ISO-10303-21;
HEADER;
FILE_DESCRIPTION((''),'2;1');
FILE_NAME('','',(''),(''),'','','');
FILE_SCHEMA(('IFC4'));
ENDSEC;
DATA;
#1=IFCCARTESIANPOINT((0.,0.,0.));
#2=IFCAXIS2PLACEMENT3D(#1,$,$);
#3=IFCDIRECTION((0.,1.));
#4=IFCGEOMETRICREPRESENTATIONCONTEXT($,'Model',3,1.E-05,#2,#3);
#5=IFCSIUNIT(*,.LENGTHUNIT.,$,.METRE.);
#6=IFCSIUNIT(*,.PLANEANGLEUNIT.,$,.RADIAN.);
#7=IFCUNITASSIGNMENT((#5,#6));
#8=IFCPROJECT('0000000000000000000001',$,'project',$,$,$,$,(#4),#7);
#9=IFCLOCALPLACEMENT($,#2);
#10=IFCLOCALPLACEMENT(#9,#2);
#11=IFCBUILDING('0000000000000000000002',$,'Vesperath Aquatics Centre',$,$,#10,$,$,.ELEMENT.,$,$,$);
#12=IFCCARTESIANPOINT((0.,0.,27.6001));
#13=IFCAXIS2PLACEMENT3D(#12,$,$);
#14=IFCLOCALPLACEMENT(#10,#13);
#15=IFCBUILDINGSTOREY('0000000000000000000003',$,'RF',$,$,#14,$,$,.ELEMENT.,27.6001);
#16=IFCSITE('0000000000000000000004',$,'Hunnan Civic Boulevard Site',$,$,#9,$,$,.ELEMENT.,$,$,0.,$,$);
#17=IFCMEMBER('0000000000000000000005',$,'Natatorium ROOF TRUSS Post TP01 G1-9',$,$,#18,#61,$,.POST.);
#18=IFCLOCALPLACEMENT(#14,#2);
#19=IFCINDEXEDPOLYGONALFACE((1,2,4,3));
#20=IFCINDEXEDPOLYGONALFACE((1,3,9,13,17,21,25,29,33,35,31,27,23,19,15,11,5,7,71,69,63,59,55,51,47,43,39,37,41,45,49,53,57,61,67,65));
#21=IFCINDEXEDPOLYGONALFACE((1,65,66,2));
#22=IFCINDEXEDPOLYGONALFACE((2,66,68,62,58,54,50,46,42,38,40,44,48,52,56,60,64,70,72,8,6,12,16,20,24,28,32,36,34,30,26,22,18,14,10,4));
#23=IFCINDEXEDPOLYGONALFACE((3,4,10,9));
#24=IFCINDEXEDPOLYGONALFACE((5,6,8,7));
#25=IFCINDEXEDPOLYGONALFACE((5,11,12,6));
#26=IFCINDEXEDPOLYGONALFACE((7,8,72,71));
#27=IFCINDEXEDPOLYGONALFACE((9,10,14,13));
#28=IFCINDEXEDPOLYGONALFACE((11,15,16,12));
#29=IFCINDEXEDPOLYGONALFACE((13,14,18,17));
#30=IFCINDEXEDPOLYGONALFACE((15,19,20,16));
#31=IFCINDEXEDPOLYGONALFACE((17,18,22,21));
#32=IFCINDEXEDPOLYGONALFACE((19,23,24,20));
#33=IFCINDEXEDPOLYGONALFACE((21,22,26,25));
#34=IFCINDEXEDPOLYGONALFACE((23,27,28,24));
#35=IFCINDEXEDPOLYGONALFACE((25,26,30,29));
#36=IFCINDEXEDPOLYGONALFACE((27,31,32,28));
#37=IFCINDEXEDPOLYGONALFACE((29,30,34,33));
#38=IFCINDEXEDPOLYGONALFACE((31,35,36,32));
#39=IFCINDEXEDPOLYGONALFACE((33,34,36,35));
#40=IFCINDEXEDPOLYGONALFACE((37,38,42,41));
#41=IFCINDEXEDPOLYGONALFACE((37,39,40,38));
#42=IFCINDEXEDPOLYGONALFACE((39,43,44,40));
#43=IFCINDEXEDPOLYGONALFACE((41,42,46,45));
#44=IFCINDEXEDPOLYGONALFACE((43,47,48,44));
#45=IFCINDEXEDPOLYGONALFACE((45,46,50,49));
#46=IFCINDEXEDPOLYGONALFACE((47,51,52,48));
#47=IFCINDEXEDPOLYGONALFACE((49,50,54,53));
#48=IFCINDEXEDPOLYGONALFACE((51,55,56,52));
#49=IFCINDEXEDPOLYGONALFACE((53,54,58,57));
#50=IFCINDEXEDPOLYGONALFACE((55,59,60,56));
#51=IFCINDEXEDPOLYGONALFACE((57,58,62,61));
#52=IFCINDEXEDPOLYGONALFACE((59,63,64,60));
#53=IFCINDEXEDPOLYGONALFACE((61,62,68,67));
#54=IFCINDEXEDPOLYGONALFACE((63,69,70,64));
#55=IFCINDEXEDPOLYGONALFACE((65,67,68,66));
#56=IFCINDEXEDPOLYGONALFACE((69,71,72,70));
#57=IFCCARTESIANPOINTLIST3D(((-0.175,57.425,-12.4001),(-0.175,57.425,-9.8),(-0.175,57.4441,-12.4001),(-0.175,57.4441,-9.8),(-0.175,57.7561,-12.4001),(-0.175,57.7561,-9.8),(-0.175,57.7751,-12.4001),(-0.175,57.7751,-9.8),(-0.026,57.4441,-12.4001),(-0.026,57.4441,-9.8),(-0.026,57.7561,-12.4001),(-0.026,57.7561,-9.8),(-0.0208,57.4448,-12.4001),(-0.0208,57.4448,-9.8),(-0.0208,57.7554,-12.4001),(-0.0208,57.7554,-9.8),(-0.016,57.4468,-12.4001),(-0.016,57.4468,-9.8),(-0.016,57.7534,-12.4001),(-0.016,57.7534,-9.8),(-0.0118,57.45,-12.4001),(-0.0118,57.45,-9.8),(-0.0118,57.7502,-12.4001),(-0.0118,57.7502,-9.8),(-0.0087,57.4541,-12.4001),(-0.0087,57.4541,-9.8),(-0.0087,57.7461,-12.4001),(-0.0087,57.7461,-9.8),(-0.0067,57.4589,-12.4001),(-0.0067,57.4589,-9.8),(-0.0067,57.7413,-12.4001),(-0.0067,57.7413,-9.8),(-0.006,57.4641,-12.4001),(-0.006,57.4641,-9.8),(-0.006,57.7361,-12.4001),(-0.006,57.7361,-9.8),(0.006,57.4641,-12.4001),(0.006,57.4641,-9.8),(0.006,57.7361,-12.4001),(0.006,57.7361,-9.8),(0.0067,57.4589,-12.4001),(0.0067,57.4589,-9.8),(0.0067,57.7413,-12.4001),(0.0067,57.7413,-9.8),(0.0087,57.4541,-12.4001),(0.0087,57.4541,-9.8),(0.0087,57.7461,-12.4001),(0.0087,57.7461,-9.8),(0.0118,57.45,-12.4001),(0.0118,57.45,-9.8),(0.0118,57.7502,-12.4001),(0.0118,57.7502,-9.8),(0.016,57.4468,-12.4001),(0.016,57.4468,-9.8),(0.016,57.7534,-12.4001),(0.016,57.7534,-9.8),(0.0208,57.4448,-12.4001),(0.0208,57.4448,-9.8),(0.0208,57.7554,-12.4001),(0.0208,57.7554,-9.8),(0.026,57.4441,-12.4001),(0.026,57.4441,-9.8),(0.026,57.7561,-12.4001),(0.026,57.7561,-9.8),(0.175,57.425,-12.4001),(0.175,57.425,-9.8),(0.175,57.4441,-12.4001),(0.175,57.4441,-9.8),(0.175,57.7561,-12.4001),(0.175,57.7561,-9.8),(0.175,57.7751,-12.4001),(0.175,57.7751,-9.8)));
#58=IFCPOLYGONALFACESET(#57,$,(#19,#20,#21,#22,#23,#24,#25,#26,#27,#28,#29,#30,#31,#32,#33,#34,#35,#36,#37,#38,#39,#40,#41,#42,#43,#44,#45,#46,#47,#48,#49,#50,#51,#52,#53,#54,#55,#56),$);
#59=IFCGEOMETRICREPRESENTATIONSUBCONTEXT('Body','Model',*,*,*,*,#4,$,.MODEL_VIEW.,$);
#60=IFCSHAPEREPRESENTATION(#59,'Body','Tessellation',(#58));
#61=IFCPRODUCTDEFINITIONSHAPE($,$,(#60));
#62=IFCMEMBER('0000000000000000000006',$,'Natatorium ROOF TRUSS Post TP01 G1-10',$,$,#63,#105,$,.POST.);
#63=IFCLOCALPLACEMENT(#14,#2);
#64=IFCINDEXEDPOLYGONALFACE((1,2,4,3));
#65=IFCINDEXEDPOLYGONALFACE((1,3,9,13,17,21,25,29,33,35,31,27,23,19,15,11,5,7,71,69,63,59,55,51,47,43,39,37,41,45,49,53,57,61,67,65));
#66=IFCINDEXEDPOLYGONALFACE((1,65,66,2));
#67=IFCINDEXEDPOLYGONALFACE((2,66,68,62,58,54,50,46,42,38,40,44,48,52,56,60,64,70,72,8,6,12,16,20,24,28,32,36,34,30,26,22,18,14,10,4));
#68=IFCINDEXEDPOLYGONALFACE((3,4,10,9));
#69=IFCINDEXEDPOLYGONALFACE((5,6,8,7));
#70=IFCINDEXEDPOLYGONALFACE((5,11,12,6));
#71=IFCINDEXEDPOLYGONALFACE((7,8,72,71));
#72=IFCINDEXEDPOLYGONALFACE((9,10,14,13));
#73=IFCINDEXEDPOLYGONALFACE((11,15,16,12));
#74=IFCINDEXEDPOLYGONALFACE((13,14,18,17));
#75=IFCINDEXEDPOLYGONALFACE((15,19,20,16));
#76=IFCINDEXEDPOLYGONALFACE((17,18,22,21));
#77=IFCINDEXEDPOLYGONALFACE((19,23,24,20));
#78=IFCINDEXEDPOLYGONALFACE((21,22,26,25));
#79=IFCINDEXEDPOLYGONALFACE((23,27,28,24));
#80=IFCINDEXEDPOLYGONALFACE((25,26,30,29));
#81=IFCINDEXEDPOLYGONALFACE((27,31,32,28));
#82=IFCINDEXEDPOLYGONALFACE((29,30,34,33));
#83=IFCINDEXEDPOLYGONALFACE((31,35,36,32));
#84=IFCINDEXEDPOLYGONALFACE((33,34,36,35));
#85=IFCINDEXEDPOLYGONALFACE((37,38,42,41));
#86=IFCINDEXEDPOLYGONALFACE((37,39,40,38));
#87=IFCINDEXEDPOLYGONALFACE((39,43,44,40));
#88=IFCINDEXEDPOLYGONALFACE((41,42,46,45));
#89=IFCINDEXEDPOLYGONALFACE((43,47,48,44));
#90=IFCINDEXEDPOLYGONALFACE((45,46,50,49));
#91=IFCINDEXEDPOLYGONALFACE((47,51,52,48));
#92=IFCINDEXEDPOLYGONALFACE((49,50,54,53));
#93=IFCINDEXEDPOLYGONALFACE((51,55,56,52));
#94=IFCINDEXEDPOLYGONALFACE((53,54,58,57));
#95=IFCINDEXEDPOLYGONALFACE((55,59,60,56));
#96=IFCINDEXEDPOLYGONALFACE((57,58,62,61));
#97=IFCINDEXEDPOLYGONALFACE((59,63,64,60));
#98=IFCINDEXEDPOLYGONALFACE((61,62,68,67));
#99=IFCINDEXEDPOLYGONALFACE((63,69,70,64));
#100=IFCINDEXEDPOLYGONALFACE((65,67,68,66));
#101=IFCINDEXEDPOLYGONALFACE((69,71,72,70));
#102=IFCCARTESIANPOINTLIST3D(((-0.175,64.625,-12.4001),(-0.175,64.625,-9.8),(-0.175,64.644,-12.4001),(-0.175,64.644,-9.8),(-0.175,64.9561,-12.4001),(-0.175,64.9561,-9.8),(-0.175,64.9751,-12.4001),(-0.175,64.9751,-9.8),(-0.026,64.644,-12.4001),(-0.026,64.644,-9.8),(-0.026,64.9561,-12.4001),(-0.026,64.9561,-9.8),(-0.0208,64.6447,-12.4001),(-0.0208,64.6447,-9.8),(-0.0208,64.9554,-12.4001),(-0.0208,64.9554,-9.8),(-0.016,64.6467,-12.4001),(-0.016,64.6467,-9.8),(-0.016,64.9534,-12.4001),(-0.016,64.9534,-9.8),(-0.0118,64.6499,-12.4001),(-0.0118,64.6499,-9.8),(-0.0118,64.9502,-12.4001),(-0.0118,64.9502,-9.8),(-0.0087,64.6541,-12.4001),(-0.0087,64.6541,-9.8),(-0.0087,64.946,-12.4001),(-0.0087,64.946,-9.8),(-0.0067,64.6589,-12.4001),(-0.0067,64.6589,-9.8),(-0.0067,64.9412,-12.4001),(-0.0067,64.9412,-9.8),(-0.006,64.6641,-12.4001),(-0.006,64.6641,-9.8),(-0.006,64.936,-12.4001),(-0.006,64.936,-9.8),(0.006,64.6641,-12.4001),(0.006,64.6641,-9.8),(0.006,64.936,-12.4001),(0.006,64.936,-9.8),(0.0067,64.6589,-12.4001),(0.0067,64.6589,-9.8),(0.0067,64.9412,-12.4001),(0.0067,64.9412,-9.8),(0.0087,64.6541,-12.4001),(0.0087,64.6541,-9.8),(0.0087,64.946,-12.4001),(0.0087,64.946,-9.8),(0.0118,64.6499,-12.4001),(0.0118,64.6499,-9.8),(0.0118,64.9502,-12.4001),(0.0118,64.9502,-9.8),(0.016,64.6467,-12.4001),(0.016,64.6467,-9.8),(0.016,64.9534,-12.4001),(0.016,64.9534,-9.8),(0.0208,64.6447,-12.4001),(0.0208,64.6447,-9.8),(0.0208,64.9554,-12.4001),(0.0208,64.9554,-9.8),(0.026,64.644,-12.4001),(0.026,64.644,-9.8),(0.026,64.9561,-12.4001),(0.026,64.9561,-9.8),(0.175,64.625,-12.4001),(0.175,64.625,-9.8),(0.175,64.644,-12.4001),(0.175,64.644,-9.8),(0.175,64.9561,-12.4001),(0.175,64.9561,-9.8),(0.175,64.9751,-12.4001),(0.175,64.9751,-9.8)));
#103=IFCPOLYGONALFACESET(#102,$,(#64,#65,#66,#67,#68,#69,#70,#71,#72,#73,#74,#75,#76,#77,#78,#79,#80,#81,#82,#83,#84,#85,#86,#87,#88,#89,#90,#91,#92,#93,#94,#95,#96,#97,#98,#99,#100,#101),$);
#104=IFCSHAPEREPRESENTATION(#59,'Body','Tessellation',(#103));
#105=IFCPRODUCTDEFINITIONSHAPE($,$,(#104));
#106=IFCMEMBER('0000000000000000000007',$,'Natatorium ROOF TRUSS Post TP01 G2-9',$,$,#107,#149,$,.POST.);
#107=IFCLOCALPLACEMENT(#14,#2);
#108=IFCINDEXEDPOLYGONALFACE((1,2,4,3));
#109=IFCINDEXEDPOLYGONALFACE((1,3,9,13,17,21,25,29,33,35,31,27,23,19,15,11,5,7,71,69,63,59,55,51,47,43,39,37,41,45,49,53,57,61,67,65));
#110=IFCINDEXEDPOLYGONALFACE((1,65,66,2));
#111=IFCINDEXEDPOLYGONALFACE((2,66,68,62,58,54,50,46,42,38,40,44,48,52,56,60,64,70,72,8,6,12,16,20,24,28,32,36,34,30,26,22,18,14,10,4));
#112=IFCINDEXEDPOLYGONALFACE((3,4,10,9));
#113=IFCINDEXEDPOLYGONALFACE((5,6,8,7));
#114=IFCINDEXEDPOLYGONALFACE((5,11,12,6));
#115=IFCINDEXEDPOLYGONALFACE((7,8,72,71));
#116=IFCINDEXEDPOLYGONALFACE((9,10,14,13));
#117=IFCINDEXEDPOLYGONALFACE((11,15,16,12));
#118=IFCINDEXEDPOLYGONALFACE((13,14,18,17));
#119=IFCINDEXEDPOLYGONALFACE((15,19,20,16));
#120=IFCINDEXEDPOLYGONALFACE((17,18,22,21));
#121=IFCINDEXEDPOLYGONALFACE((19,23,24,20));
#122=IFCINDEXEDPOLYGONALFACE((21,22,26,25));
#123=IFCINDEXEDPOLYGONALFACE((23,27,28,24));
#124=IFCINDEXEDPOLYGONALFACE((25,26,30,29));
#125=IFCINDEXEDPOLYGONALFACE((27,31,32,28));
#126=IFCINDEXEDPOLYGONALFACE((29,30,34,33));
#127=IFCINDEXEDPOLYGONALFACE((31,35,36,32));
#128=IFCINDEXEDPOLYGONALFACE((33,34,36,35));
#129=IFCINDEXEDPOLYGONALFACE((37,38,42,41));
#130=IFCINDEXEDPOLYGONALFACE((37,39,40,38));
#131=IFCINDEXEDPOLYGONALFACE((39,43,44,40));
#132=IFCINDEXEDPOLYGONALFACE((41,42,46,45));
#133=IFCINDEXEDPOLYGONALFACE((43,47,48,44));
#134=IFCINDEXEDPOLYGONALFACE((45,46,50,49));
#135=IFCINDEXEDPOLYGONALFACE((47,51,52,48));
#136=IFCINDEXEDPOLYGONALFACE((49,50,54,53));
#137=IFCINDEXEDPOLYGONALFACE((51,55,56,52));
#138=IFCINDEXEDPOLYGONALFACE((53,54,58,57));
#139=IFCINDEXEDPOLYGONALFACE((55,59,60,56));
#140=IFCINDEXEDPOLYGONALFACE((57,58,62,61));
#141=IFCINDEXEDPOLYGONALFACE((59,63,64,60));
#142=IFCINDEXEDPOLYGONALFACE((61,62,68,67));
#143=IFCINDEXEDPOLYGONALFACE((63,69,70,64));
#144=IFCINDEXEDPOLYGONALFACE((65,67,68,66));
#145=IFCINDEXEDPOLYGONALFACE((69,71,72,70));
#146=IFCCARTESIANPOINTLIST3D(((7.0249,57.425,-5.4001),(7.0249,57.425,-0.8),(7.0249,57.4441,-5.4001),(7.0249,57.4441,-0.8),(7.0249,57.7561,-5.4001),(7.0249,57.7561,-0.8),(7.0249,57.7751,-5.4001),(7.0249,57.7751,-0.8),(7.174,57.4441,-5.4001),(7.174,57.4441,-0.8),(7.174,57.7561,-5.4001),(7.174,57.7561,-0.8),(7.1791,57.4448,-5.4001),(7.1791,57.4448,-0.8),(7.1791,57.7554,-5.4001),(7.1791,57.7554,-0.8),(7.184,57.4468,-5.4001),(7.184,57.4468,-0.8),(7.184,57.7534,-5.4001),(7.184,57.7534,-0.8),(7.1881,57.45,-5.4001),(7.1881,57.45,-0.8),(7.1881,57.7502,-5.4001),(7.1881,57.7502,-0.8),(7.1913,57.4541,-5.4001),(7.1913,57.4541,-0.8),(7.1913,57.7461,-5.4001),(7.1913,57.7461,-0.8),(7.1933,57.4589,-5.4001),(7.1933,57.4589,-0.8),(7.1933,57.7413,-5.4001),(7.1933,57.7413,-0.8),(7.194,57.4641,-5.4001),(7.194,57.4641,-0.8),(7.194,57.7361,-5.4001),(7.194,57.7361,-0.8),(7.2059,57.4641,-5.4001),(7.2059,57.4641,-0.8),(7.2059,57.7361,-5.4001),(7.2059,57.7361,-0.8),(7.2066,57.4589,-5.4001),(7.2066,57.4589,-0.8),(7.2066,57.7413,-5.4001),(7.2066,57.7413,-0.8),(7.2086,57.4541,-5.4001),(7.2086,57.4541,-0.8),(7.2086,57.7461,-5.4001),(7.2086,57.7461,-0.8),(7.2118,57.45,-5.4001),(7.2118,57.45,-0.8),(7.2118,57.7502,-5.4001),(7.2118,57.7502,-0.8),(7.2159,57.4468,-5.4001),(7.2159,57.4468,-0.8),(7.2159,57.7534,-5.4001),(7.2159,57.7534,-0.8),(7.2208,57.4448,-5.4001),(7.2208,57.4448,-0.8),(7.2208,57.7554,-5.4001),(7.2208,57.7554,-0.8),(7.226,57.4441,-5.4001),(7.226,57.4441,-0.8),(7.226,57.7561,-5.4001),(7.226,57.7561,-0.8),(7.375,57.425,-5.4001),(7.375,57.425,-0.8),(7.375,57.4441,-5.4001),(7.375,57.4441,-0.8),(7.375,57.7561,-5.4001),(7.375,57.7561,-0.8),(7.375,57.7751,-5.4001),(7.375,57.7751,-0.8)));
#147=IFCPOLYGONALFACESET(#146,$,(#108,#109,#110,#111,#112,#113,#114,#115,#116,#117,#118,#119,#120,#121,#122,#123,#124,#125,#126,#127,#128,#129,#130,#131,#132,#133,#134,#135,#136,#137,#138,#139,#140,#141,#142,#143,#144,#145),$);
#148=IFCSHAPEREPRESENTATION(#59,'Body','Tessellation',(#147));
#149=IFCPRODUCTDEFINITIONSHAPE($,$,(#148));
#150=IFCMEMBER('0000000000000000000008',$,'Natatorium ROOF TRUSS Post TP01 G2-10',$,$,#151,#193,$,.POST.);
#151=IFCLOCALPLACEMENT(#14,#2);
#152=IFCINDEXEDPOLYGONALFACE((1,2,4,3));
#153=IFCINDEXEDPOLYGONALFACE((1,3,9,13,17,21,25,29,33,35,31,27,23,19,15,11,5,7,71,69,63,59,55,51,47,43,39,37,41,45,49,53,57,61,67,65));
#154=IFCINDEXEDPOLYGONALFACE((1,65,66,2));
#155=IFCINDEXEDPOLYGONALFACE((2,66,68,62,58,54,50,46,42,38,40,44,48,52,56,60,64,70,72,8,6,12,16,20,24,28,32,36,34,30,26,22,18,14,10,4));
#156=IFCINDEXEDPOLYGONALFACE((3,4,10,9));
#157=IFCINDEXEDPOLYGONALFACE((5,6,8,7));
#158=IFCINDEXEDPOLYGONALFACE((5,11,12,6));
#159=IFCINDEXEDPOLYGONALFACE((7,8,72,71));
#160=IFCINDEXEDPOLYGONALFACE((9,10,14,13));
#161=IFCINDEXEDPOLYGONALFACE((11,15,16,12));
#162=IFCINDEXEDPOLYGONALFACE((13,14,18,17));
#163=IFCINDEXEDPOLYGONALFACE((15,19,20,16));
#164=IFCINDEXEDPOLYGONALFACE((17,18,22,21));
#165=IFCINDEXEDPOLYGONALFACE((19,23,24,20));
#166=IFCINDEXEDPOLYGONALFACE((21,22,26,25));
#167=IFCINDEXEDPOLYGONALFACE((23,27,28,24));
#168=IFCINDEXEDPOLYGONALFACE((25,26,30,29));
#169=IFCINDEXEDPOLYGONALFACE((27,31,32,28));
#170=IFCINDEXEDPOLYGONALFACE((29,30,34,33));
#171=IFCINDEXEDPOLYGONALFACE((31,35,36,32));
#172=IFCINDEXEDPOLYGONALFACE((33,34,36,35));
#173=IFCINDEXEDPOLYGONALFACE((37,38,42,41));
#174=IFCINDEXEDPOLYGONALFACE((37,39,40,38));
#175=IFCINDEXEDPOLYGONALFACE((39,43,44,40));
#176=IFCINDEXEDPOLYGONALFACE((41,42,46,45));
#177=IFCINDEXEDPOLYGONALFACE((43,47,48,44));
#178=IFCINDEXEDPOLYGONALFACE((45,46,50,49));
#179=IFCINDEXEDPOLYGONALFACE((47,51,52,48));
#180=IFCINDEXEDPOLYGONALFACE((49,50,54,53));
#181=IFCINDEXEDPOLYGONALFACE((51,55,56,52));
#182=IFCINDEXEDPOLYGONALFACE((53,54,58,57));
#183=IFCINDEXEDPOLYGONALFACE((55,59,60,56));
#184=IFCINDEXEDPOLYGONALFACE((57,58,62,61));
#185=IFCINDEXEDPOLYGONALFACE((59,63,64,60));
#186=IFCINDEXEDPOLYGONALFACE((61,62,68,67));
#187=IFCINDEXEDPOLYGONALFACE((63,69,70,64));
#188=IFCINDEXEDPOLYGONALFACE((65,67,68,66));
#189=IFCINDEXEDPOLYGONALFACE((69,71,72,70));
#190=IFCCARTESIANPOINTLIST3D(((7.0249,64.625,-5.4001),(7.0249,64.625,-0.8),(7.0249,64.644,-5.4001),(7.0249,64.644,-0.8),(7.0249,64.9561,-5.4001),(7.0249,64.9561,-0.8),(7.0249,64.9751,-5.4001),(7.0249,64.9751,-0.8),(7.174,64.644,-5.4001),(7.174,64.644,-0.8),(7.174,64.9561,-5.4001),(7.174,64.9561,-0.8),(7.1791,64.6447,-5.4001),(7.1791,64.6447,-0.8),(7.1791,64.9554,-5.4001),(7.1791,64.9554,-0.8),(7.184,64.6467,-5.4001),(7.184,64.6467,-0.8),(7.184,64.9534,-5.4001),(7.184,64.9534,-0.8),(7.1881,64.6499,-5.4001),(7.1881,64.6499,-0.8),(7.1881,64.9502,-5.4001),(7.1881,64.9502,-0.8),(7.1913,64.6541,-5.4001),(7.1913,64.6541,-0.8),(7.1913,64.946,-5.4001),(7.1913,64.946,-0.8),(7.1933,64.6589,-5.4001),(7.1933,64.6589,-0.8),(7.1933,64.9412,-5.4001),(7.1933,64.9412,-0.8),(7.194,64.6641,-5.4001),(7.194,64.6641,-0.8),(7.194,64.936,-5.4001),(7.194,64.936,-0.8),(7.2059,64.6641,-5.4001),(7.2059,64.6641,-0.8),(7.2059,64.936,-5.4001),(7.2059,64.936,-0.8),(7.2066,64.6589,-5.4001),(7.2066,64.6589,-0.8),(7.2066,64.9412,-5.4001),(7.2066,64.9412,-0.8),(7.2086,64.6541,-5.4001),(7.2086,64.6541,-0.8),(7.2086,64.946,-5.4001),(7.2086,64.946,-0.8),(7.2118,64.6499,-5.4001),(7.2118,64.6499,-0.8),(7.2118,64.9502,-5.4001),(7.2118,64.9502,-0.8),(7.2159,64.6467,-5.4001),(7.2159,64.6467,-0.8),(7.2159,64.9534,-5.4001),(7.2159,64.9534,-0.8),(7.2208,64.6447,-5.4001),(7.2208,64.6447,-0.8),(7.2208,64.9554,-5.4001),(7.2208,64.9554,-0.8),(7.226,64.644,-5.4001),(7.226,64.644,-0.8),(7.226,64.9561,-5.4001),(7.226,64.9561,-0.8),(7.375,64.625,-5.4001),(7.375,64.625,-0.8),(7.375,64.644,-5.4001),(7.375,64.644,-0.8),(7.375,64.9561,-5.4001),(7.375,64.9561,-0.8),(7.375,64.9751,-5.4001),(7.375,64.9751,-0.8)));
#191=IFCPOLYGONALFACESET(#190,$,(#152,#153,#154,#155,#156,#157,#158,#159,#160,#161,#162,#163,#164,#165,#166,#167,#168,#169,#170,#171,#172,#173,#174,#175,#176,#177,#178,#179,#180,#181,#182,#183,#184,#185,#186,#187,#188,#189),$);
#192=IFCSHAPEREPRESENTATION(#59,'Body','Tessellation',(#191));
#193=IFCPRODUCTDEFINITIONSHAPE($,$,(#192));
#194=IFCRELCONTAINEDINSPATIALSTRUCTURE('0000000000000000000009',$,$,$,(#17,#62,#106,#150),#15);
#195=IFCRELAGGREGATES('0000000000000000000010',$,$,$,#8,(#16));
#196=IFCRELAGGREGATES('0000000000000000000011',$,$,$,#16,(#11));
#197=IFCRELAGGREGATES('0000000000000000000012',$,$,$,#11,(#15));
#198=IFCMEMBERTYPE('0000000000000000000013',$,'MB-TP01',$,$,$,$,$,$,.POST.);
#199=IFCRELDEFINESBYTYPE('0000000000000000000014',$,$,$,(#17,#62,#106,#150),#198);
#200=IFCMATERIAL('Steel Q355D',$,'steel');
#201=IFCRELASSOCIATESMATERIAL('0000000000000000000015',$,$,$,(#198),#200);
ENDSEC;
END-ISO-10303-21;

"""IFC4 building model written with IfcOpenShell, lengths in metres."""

from ifc_helpers import new_model, si_unit, direction, frame, origin, origin_2d, place, context, subcontext, project, spatial, i_section, extrude, material, material_profile, profile_set, type_object, element, save


model = new_model("IFC4")

# Units and contexts
model_context = context("Model", 3, precision=1e-05, world=origin(), true_north=direction((0.0, 1.0)))
body_context = subcontext(model_context, "Body", "Model", "MODEL_VIEW")
ifc_project = project(units=[si_unit("LENGTHUNIT", "METRE"), si_unit("PLANEANGLEUNIT", "RADIAN")], contexts=[model_context])

# Site, building, storey
site_placement = place(None, origin())
site = spatial("IfcSite", under=ifc_project, at=site_placement, Name="Hunnan Civic Boulevard Site", CompositionType="ELEMENT", RefElevation=0.0)
building_placement = place(site_placement, origin())
building = spatial("IfcBuilding", under=site, at=building_placement, Name="Vesperath Aquatics Centre", CompositionType="ELEMENT")
storey_placement = place(building_placement, frame((0.0, 0.0, 27.6001)))
storey = spatial("IfcBuildingStorey", under=building, at=storey_placement, Name="RF", CompositionType="ELEMENT", Elevation=27.6001)

# Members
ifc_material_1 = material(Name="Steel Q355D", Category="steel")
ifc_material_profile_1 = material_profile(ifc_material_1, i_section(OverallWidth=0.3501, OverallDepth=0.3501, WebThickness=0.012, FlangeThickness=0.019, FilletRadius=0.02, at=origin_2d()), Name="HW 350x350x12x19")
ifc_profile_set_1 = profile_set([ifc_material_profile_1], Name="Steel Q355D")
member_type_1 = type_object("IfcMemberType", Name="MB-TP01", PredefinedType="POST", material=ifc_profile_set_1)
for number, where, z_axis, x_axis, name in (
    (1, (0.0, 57.6001, -12.4001), (0.0, 0.0, 1.0), (1.0, 0.0, 0.0), "Natatorium ROOF TRUSS Post TP01 G1-9"),
    (2, (0.0, 64.8, -12.4001), (0.0, 0.0, 1.0), (1.0, 0.0, 0.0), "Natatorium ROOF TRUSS Post TP01 G1-10"),
):
    element("IfcMember", number, at=place(storey_placement, frame(where, z_axis=z_axis, x_axis=x_axis)), inside=storey, type_object=member_type_1, Name=name, PredefinedType="POST", context=body_context, shape_type="SweptSolid", body=[
        extrude(i_section(OverallWidth=0.3501, OverallDepth=0.3501, WebThickness=0.012, FlangeThickness=0.019, FilletRadius=0.02, at=origin_2d()), origin(), (0.0, 0.0, 1.0), 2.6001),
    ])
for number, where, z_axis, x_axis, name in (
    (3, (7.2, 57.6001, -5.4001), (0.0, 0.0, 1.0), (1.0, 0.0, 0.0), "Natatorium ROOF TRUSS Post TP01 G2-9"),
    (4, (7.2, 64.8, -5.4001), (0.0, 0.0, 1.0), (1.0, 0.0, 0.0), "Natatorium ROOF TRUSS Post TP01 G2-10"),
):
    element("IfcMember", number, at=place(storey_placement, frame(where, z_axis=z_axis, x_axis=x_axis)), inside=storey, type_object=member_type_1, Name=name, PredefinedType="POST", context=body_context, shape_type="SweptSolid", body=[
        extrude(i_section(OverallWidth=0.3501, OverallDepth=0.3501, WebThickness=0.012, FlangeThickness=0.019, FilletRadius=0.02, at=origin_2d()), origin(), (0.0, 0.0, 1.0), 4.6001),
    ])

save(model, "model.ifc")
